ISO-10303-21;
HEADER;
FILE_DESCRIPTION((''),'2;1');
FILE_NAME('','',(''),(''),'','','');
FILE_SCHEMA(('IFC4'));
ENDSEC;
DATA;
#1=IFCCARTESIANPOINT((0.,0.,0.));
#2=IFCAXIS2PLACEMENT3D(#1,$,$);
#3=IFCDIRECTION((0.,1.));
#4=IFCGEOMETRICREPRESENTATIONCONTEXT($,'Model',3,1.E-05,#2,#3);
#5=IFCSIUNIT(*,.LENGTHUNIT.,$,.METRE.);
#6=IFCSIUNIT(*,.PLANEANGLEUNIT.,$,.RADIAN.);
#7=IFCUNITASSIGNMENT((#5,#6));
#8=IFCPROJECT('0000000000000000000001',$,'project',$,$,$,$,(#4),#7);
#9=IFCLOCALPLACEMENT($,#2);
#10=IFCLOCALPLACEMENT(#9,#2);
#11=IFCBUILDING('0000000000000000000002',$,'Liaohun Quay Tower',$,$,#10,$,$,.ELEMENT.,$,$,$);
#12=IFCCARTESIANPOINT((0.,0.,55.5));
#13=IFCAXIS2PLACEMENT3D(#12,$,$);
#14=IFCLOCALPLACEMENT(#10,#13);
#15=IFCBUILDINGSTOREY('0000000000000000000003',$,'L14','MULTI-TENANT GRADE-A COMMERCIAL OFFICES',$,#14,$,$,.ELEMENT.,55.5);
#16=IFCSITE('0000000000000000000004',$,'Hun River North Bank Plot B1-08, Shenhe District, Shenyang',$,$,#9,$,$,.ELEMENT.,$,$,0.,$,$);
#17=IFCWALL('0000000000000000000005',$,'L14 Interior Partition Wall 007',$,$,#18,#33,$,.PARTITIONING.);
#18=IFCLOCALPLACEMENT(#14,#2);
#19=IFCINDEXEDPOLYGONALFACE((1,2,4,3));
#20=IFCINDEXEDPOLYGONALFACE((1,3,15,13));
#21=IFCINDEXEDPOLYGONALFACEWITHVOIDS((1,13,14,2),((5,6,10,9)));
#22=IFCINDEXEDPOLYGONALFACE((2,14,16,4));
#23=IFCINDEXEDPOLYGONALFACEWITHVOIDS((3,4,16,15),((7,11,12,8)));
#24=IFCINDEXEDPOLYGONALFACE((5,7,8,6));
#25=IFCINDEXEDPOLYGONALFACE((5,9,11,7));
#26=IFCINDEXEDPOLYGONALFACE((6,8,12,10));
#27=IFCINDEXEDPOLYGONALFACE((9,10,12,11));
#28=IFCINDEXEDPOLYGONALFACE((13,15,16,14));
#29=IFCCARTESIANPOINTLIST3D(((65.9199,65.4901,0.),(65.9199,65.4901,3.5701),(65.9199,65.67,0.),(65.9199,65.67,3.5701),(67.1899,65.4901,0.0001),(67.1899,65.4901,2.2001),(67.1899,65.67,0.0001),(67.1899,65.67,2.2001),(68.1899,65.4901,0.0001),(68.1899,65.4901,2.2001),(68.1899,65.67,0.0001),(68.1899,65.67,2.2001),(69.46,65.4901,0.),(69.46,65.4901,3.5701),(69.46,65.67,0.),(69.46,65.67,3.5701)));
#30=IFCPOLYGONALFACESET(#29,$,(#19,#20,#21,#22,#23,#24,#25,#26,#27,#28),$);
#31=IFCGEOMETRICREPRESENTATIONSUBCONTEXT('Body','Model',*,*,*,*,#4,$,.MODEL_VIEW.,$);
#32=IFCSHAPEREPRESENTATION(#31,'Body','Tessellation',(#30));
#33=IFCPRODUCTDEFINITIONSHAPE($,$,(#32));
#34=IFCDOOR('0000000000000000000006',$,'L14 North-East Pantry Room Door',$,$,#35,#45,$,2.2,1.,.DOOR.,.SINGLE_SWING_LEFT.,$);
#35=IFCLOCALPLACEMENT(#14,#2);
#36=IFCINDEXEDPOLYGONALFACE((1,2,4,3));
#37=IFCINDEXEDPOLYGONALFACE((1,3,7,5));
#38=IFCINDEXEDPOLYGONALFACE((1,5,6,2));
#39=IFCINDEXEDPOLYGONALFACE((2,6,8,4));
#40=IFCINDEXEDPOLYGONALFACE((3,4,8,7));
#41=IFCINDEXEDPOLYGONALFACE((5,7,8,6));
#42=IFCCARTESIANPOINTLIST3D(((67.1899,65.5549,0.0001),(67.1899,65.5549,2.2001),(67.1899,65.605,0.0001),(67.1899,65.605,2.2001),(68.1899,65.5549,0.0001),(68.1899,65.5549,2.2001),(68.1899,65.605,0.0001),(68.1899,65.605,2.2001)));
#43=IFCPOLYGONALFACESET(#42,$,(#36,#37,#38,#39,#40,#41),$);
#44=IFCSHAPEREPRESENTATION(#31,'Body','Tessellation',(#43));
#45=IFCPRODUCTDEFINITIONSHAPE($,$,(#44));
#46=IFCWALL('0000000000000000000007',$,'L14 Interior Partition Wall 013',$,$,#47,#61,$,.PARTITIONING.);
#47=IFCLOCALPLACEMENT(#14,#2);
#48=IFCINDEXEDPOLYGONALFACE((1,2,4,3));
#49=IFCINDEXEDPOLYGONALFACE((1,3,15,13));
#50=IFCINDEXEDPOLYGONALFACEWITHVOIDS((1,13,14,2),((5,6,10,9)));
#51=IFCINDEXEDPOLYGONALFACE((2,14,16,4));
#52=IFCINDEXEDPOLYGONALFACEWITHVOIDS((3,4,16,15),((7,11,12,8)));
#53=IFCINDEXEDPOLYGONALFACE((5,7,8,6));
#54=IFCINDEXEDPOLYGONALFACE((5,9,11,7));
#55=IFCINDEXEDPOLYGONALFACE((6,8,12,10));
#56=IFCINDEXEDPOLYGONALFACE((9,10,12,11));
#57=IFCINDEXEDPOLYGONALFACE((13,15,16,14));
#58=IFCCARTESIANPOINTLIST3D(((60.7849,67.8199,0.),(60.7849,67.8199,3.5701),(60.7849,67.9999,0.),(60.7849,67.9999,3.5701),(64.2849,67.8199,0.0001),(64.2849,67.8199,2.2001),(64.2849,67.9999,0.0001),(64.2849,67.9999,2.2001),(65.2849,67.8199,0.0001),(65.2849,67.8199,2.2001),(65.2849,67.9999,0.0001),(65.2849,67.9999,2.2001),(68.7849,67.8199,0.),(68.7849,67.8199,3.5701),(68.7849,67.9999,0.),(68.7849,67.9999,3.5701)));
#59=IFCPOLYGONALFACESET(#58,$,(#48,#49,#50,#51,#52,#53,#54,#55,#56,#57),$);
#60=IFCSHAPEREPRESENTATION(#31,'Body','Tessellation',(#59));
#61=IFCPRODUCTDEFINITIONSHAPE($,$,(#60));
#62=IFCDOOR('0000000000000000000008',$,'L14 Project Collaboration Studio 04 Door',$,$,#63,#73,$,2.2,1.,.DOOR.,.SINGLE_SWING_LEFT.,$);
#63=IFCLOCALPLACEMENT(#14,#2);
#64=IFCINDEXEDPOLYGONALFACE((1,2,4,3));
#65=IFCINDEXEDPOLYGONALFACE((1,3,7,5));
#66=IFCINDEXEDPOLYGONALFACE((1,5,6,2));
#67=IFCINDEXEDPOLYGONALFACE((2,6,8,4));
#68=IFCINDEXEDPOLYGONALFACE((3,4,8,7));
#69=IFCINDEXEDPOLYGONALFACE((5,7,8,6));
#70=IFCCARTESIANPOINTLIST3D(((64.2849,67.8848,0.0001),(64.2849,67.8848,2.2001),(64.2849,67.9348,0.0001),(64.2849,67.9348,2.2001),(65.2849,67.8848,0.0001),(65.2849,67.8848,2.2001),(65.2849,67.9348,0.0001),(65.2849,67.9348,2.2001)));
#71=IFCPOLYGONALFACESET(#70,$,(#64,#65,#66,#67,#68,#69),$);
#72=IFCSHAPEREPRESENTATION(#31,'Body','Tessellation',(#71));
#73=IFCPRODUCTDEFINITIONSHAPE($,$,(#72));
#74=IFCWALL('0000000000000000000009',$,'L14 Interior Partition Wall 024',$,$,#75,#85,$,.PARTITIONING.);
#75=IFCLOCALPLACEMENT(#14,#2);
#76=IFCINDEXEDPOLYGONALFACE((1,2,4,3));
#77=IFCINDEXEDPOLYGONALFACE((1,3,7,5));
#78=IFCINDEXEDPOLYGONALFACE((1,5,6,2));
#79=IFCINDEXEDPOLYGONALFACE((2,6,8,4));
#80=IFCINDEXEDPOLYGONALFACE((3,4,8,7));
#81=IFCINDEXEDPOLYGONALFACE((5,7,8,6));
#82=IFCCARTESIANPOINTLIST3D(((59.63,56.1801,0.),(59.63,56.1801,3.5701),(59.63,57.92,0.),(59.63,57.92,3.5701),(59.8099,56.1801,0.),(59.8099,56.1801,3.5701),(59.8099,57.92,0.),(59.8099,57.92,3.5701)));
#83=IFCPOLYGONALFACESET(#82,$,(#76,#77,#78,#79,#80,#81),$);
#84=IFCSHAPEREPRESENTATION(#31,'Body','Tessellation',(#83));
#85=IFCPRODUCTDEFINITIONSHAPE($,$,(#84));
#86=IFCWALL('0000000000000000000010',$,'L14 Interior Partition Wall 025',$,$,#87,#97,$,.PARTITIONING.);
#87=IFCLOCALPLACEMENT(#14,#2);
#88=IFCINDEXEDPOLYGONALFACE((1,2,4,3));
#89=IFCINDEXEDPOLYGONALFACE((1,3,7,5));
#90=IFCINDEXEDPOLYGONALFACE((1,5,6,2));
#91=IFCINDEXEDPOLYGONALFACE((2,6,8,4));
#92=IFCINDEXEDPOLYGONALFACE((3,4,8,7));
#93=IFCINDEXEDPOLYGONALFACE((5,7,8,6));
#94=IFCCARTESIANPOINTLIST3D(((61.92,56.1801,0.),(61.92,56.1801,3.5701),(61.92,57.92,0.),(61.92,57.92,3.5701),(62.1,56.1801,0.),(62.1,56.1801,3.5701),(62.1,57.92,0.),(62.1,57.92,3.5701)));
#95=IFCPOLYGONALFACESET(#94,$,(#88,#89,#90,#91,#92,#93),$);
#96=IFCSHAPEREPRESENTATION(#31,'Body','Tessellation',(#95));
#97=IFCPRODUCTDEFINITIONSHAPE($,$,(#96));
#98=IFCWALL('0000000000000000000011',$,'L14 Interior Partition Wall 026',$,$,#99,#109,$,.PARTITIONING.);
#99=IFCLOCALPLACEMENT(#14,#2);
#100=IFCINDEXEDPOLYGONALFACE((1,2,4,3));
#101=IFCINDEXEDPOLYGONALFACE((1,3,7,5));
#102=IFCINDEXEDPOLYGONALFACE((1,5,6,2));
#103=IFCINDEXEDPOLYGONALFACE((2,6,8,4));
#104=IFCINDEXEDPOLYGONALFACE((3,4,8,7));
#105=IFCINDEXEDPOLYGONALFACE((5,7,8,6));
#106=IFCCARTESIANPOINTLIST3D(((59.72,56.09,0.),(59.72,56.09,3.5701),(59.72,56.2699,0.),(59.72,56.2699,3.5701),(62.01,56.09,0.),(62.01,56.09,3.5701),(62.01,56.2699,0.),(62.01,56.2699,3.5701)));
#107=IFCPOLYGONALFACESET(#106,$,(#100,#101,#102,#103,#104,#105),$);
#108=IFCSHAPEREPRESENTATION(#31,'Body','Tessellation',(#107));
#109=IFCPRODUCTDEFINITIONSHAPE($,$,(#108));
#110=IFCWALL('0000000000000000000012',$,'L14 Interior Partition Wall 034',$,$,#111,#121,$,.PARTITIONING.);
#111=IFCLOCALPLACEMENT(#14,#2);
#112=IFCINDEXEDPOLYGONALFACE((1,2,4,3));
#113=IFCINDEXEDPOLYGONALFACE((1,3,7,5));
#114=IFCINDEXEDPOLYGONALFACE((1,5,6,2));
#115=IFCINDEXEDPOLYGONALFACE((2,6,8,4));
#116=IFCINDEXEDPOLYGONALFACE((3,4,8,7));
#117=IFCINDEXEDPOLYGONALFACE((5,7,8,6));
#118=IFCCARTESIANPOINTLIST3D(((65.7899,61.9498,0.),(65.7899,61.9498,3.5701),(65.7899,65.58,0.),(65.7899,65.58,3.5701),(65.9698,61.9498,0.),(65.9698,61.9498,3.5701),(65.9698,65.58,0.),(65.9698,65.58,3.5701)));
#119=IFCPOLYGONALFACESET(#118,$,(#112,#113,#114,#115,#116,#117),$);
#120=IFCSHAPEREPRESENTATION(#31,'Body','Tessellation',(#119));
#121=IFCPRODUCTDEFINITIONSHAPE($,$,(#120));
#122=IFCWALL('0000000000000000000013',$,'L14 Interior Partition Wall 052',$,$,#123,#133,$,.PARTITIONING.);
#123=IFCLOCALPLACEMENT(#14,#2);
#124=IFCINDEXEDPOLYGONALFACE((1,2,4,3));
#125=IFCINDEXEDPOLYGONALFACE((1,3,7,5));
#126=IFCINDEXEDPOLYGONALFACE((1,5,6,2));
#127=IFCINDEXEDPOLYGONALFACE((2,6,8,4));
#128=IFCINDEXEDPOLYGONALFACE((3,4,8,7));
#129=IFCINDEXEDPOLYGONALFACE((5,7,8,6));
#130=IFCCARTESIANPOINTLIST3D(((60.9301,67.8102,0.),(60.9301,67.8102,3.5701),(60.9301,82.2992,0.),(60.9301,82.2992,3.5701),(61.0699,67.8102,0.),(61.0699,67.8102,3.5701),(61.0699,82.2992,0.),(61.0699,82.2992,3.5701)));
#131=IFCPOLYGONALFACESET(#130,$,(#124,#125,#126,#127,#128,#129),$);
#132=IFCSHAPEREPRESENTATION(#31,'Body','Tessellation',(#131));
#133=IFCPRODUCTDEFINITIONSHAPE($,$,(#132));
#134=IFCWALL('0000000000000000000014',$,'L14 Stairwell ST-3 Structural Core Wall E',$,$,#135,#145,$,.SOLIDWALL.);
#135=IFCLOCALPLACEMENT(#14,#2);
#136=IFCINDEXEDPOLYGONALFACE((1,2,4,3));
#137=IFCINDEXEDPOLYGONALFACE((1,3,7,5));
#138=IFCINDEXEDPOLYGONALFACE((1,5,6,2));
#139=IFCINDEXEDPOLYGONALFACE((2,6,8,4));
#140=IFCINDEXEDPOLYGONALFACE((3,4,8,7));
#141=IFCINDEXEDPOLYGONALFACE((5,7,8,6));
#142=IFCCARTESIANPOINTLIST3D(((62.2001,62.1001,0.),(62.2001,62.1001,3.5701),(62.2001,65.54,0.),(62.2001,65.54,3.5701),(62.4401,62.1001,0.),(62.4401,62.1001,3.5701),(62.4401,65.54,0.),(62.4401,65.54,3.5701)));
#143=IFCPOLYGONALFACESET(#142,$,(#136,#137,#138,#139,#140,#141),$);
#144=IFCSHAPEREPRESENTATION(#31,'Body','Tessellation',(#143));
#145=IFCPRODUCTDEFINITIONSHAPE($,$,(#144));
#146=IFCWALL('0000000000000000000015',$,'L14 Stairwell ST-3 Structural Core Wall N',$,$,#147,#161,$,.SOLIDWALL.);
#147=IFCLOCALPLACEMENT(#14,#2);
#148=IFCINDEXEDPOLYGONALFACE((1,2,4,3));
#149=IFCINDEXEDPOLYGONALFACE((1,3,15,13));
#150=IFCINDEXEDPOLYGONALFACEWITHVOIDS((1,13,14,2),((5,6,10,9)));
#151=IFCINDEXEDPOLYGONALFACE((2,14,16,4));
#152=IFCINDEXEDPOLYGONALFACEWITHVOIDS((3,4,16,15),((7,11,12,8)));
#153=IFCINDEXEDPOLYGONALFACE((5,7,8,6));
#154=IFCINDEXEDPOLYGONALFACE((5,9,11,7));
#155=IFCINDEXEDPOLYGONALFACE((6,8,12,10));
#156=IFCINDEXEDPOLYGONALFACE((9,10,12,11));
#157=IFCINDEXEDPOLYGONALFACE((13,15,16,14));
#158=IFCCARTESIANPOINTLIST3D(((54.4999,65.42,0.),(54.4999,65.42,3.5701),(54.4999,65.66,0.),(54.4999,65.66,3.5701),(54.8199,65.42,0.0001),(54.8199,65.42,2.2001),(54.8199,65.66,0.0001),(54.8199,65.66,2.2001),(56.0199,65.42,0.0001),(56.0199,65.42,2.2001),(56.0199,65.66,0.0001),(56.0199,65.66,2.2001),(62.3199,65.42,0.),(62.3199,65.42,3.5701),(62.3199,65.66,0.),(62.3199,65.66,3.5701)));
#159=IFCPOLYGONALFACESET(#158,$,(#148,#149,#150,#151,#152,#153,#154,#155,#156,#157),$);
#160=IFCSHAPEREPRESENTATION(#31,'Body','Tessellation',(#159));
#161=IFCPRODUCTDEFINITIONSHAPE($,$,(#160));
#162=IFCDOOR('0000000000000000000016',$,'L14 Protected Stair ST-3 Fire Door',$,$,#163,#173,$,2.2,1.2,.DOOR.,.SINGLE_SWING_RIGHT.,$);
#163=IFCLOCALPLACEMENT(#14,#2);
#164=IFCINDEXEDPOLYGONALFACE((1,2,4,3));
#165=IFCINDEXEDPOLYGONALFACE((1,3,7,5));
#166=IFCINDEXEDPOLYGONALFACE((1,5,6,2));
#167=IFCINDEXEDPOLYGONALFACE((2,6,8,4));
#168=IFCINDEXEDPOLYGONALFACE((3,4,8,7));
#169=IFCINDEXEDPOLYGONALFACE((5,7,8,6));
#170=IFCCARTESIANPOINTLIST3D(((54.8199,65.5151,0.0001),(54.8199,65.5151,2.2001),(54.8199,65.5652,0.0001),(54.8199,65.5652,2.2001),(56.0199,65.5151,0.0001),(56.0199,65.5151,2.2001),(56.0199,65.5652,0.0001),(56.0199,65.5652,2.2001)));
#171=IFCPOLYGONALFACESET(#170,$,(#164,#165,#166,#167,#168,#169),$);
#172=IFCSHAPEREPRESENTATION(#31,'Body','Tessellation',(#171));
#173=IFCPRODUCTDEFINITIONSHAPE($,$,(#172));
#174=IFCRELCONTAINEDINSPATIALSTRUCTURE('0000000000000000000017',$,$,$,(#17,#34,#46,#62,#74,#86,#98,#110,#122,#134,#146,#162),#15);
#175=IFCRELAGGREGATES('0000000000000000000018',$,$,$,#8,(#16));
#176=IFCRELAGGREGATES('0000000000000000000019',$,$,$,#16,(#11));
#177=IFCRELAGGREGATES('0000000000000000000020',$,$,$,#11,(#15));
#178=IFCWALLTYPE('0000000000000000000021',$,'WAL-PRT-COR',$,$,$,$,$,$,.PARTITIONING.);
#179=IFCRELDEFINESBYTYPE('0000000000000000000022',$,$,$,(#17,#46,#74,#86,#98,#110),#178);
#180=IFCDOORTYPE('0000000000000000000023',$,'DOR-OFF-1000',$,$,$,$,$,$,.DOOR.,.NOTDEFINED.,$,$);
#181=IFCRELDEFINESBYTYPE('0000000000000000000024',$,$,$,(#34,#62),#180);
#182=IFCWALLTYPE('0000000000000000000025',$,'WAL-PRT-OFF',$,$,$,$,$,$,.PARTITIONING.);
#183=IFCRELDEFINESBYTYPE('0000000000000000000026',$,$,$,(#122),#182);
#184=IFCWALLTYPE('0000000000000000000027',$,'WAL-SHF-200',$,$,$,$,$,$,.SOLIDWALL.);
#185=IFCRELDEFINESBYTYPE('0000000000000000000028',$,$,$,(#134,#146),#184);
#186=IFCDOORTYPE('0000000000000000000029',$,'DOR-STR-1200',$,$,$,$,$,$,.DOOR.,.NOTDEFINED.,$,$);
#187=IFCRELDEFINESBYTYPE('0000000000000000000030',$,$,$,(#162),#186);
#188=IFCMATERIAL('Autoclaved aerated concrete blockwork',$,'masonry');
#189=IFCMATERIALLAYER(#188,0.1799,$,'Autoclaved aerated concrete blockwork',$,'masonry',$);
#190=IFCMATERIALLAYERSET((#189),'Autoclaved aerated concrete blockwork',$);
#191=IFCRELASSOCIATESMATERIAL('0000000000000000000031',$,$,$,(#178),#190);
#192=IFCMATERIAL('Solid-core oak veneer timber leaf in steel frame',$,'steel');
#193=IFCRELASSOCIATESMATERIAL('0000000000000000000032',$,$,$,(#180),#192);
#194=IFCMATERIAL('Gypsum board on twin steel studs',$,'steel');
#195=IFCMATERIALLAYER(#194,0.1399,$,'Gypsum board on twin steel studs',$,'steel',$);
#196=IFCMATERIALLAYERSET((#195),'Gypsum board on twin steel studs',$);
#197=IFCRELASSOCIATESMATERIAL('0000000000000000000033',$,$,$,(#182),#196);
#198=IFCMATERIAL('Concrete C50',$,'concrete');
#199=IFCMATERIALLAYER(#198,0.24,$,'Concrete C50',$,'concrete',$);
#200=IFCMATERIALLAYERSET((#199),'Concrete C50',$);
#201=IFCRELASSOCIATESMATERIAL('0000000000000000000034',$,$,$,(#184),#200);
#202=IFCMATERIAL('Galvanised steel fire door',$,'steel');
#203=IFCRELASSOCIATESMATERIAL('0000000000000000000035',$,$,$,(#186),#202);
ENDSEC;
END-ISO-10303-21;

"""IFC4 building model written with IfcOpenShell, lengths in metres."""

from ifc_helpers import new_model, si_unit, direction, frame, frame_2d, origin, place, context, subcontext, project, spatial, rectangle, extrude, source, transform, mapped, material, layer, layer_set, type_object, element, fill, save


model = new_model("IFC4")

# Units and contexts
model_context = context("Model", 3, precision=1e-05, world=origin(), true_north=direction((0.0, 1.0)))
body_context = subcontext(model_context, "Body", "Model", "MODEL_VIEW")
ifc_project = project(units=[si_unit("LENGTHUNIT", "METRE"), si_unit("PLANEANGLEUNIT", "RADIAN")], contexts=[model_context])

# Site, building, storey
site_placement = place(None, origin())
site = spatial("IfcSite", under=ifc_project, at=site_placement, Name="Hun River North Bank Plot B1-08, Shenhe District, Shenyang", CompositionType="ELEMENT", RefElevation=0.0)
building_placement = place(site_placement, origin())
building = spatial("IfcBuilding", under=site, at=building_placement, Name="Liaohun Quay Tower", CompositionType="ELEMENT")
storey_placement = place(building_placement, frame((0.0, 0.0, 55.5)))
storey = spatial("IfcBuildingStorey", under=building, at=storey_placement, Name="L14", Description="MULTI-TENANT GRADE-A COMMERCIAL OFFICES", CompositionType="ELEMENT", Elevation=55.5)

# Walls, openings, doors
ifc_material_1 = material(Name="Autoclaved aerated concrete blockwork", Category="masonry")
ifc_layer_1 = layer(ifc_material_1, 0.1799, Name="Autoclaved aerated concrete blockwork", Category="masonry")
ifc_layer_set_1 = layer_set([ifc_layer_1], Name="Autoclaved aerated concrete blockwork")
wall_type_1 = type_object("IfcWallType", Name="WAL-PRT-COR", PredefinedType="PARTITIONING", material=ifc_layer_set_1)
shared_shape_1 = source(origin(), body_context, "Body", "SweptSolid", [
    extrude(rectangle(XDim=1.0, YDim=2.2, at=frame_2d((0.5, 1.1001))), frame((0.0, 0.0999, 0.0), z_axis=(0.0, -1.0, 0.0), x_axis=(1.0, 0.0, 0.0)), (0.0, 0.0, 1.0), 0.2),
])
ifc_material_2 = material(Name="Solid-core oak veneer timber leaf in steel frame", Category="steel")
door_type_1 = type_object("IfcDoorType", Name="DOR-OFF-1000", OperationType="NOTDEFINED", PredefinedType="DOOR", material=ifc_material_2)
shared_shape_2 = source(origin(), body_context, "Body", "SweptSolid", [
    extrude(rectangle(XDim=1.0, YDim=2.2, at=frame_2d((0.5, 1.1001))), frame((0.0, 0.0249, 0.0), z_axis=(0.0, -1.0, 0.0), x_axis=(1.0, 0.0, 0.0)), (0.0, 0.0, 1.0), 0.05),
])
wall_1_placement = place(storey_placement, frame((65.9199, 65.5801, 0.0), z_axis=(0.0, 0.0, 1.0), x_axis=(1.0, 0.0, 0.0)))
wall_1 = element("IfcWall", 1, at=wall_1_placement, inside=storey, type_object=wall_type_1, Name="L14 Interior Partition Wall 007", PredefinedType="PARTITIONING", context=body_context, shape_type="SweptSolid", body=[
    extrude(rectangle(XDim=3.54, YDim=0.1799, at=frame_2d((1.77, 0.0))), origin(), (0.0, 0.0, 1.0), 3.5701),
])
opening_1_placement = place(wall_1_placement, frame((1.27, 0.0, 0.0)))
opening_1 = element("IfcOpeningElement", 2, at=opening_1_placement, cuts=wall_1, PredefinedType="OPENING", context=body_context, shape_type="MappedRepresentation", body=[
    mapped(shared_shape_1, transform((0.0, 0.0, 0.0), x_axis=(1.0, 0.0, 0.0), y_axis=(0.0, 1.0, 0.0), z_axis=(0.0, 0.0, 1.0), scale=1.0)),
])
door_1_placement = place(opening_1_placement, origin())
door_1 = element("IfcDoor", 3, at=door_1_placement, inside=storey, type_object=door_type_1, Name="L14 North-East Pantry Room Door", OperationType="SINGLE_SWING_LEFT", OverallHeight=2.2, OverallWidth=1.0, PredefinedType="DOOR", context=body_context, shape_type="MappedRepresentation", body=[
    mapped(shared_shape_2, transform((0.0, 0.0, 0.0), x_axis=(1.0, 0.0, 0.0), y_axis=(0.0, 1.0, 0.0), z_axis=(0.0, 0.0, 1.0), scale=1.0)),
])
fill(opening_1, door_1)
wall_2_placement = place(storey_placement, frame((60.7849, 67.9099, 0.0), z_axis=(0.0, 0.0, 1.0), x_axis=(1.0, 0.0, 0.0)))
wall_2 = element("IfcWall", 4, at=wall_2_placement, inside=storey, type_object=wall_type_1, Name="L14 Interior Partition Wall 013", PredefinedType="PARTITIONING", context=body_context, shape_type="SweptSolid", body=[
    extrude(rectangle(XDim=8.0, YDim=0.1799, at=frame_2d((4.0, 0.0))), origin(), (0.0, 0.0, 1.0), 3.5701),
])
opening_2_placement = place(wall_2_placement, frame((3.5, 0.0, 0.0)))
opening_2 = element("IfcOpeningElement", 5, at=opening_2_placement, cuts=wall_2, PredefinedType="OPENING", context=body_context, shape_type="MappedRepresentation", body=[
    mapped(shared_shape_1, transform((0.0, 0.0, 0.0), x_axis=(1.0, 0.0, 0.0), y_axis=(0.0, 1.0, 0.0), z_axis=(0.0, 0.0, 1.0), scale=1.0)),
])
door_2_placement = place(opening_2_placement, origin())
door_2 = element("IfcDoor", 6, at=door_2_placement, inside=storey, type_object=door_type_1, Name="L14 Project Collaboration Studio 04 Door", OperationType="SINGLE_SWING_LEFT", OverallHeight=2.2, OverallWidth=1.0, PredefinedType="DOOR", context=body_context, shape_type="MappedRepresentation", body=[
    mapped(shared_shape_2, transform((0.0, 0.0, 0.0), x_axis=(1.0, 0.0, 0.0), y_axis=(0.0, 1.0, 0.0), z_axis=(0.0, 0.0, 1.0), scale=1.0)),
])
fill(opening_2, door_2)

# Walls
for number, where, z_axis, x_axis, name in (
    (7, (59.72, 56.1799, 0.0), (0.0, 0.0, 1.0), (0.0, 1.0, 0.0), "L14 Interior Partition Wall 024"),
    (8, (62.01, 56.1799, 0.0), (0.0, 0.0, 1.0), (0.0, 1.0, 0.0), "L14 Interior Partition Wall 025"),
):
    element("IfcWall", number, at=place(storey_placement, frame(where, z_axis=z_axis, x_axis=x_axis)), inside=storey, type_object=wall_type_1, Name=name, PredefinedType="PARTITIONING", context=body_context, shape_type="SweptSolid", body=[
        extrude(rectangle(XDim=1.74, YDim=0.1799, at=frame_2d((0.8701, 0.0))), origin(), (0.0, 0.0, 1.0), 3.5701),
    ])
wall_3_placement = place(storey_placement, frame((59.72, 56.1799, 0.0), z_axis=(0.0, 0.0, 1.0), x_axis=(1.0, 0.0, 0.0)))
element("IfcWall", 9, at=wall_3_placement, inside=storey, type_object=wall_type_1, Name="L14 Interior Partition Wall 026", PredefinedType="PARTITIONING", context=body_context, shape_type="SweptSolid", body=[
    extrude(rectangle(XDim=2.29, YDim=0.1799, at=frame_2d((1.145, 0.0))), origin(), (0.0, 0.0, 1.0), 3.5701),
])
wall_4_placement = place(storey_placement, frame((65.8799, 61.95, 0.0), z_axis=(0.0, 0.0, 1.0), x_axis=(0.0, 1.0, 0.0)))
element("IfcWall", 10, at=wall_4_placement, inside=storey, type_object=wall_type_1, Name="L14 Interior Partition Wall 034", PredefinedType="PARTITIONING", context=body_context, shape_type="SweptSolid", body=[
    extrude(rectangle(XDim=3.6301, YDim=0.1799, at=frame_2d((1.8149, 0.0))), origin(), (0.0, 0.0, 1.0), 3.5701),
])
ifc_material_3 = material(Name="Gypsum board on twin steel studs", Category="steel")
ifc_layer_2 = layer(ifc_material_3, 0.1399, Name="Gypsum board on twin steel studs", Category="steel")
ifc_layer_set_2 = layer_set([ifc_layer_2], Name="Gypsum board on twin steel studs")
wall_type_2 = type_object("IfcWallType", Name="WAL-PRT-OFF", PredefinedType="PARTITIONING", material=ifc_layer_set_2)
wall_5_placement = place(storey_placement, frame((61.0, 67.8101, 0.0), z_axis=(0.0, 0.0, 1.0), x_axis=(0.0, 1.0, 0.0)))
element("IfcWall", 11, at=wall_5_placement, inside=storey, type_object=wall_type_2, Name="L14 Interior Partition Wall 052", PredefinedType="PARTITIONING", context=body_context, shape_type="SweptSolid", body=[
    extrude(rectangle(XDim=14.489, YDim=0.1399, at=frame_2d((7.2446, 0.0))), origin(), (0.0, 0.0, 1.0), 3.5701),
])
ifc_material_4 = material(Name="Concrete C50", Category="concrete")
ifc_layer_3 = layer(ifc_material_4, 0.24, Name="Concrete C50", Category="concrete")
ifc_layer_set_3 = layer_set([ifc_layer_3], Name="Concrete C50")
wall_type_3 = type_object("IfcWallType", Name="WAL-SHF-200", PredefinedType="SOLIDWALL", material=ifc_layer_set_3)
wall_6_placement = place(storey_placement, frame((62.3201, 62.1001, 0.0), z_axis=(0.0, 0.0, 1.0), x_axis=(0.0, 1.0, 0.0)))
element("IfcWall", 12, at=wall_6_placement, inside=storey, type_object=wall_type_3, Name="L14 Stairwell ST-3 Structural Core Wall E", PredefinedType="SOLIDWALL", context=body_context, shape_type="SweptSolid", body=[
    extrude(rectangle(XDim=3.4399, YDim=0.24, at=frame_2d((1.72, 0.0))), origin(), (0.0, 0.0, 1.0), 3.5701),
])

# Wall, opening, door
wall_7_placement = place(storey_placement, frame((62.3201, 65.54, 0.0), z_axis=(0.0, 0.0, 1.0), x_axis=(-1.0, 0.0, 0.0)))
wall_7 = element("IfcWall", 13, at=wall_7_placement, inside=storey, type_object=wall_type_3, Name="L14 Stairwell ST-3 Structural Core Wall N", PredefinedType="SOLIDWALL", context=body_context, shape_type="SweptSolid", body=[
    extrude(rectangle(XDim=7.8201, YDim=0.24, at=frame_2d((3.9102, 0.0))), origin(), (0.0, 0.0, 1.0), 3.5701),
])
shared_shape_3 = source(origin(), body_context, "Body", "SweptSolid", [
    extrude(rectangle(XDim=1.2, YDim=2.2, at=frame_2d((0.6001, 1.1001))), frame((0.0, 0.1299, 0.0), z_axis=(0.0, -1.0, 0.0), x_axis=(1.0, 0.0, 0.0)), (0.0, 0.0, 1.0), 0.26),
])
opening_3_placement = place(wall_7_placement, frame((6.3, 0.0, 0.0)))
opening_3 = element("IfcOpeningElement", 14, at=opening_3_placement, cuts=wall_7, PredefinedType="OPENING", context=body_context, shape_type="MappedRepresentation", body=[
    mapped(shared_shape_3, transform((0.0, 0.0, 0.0), x_axis=(1.0, 0.0, 0.0), y_axis=(0.0, 1.0, 0.0), z_axis=(0.0, 0.0, 1.0), scale=1.0)),
])
ifc_material_5 = material(Name="Galvanised steel fire door", Category="steel")
door_type_2 = type_object("IfcDoorType", Name="DOR-STR-1200", OperationType="NOTDEFINED", PredefinedType="DOOR", material=ifc_material_5)
shared_shape_4 = source(origin(), body_context, "Body", "SweptSolid", [
    extrude(rectangle(XDim=1.2, YDim=2.2, at=frame_2d((0.6001, 1.1001))), frame((0.0, 0.0249, 0.0), z_axis=(0.0, -1.0, 0.0), x_axis=(1.0, 0.0, 0.0)), (0.0, 0.0, 1.0), 0.05),
])
door_3_placement = place(opening_3_placement, origin())
door_3 = element("IfcDoor", 15, at=door_3_placement, inside=storey, type_object=door_type_2, Name="L14 Protected Stair ST-3 Fire Door", OperationType="SINGLE_SWING_RIGHT", OverallHeight=2.2, OverallWidth=1.2, PredefinedType="DOOR", context=body_context, shape_type="MappedRepresentation", body=[
    mapped(shared_shape_4, transform((0.0, 0.0, 0.0), x_axis=(1.0, 0.0, 0.0), y_axis=(0.0, 1.0, 0.0), z_axis=(0.0, 0.0, 1.0), scale=1.0)),
])
fill(opening_3, door_3)

save(model, "model.ifc")
